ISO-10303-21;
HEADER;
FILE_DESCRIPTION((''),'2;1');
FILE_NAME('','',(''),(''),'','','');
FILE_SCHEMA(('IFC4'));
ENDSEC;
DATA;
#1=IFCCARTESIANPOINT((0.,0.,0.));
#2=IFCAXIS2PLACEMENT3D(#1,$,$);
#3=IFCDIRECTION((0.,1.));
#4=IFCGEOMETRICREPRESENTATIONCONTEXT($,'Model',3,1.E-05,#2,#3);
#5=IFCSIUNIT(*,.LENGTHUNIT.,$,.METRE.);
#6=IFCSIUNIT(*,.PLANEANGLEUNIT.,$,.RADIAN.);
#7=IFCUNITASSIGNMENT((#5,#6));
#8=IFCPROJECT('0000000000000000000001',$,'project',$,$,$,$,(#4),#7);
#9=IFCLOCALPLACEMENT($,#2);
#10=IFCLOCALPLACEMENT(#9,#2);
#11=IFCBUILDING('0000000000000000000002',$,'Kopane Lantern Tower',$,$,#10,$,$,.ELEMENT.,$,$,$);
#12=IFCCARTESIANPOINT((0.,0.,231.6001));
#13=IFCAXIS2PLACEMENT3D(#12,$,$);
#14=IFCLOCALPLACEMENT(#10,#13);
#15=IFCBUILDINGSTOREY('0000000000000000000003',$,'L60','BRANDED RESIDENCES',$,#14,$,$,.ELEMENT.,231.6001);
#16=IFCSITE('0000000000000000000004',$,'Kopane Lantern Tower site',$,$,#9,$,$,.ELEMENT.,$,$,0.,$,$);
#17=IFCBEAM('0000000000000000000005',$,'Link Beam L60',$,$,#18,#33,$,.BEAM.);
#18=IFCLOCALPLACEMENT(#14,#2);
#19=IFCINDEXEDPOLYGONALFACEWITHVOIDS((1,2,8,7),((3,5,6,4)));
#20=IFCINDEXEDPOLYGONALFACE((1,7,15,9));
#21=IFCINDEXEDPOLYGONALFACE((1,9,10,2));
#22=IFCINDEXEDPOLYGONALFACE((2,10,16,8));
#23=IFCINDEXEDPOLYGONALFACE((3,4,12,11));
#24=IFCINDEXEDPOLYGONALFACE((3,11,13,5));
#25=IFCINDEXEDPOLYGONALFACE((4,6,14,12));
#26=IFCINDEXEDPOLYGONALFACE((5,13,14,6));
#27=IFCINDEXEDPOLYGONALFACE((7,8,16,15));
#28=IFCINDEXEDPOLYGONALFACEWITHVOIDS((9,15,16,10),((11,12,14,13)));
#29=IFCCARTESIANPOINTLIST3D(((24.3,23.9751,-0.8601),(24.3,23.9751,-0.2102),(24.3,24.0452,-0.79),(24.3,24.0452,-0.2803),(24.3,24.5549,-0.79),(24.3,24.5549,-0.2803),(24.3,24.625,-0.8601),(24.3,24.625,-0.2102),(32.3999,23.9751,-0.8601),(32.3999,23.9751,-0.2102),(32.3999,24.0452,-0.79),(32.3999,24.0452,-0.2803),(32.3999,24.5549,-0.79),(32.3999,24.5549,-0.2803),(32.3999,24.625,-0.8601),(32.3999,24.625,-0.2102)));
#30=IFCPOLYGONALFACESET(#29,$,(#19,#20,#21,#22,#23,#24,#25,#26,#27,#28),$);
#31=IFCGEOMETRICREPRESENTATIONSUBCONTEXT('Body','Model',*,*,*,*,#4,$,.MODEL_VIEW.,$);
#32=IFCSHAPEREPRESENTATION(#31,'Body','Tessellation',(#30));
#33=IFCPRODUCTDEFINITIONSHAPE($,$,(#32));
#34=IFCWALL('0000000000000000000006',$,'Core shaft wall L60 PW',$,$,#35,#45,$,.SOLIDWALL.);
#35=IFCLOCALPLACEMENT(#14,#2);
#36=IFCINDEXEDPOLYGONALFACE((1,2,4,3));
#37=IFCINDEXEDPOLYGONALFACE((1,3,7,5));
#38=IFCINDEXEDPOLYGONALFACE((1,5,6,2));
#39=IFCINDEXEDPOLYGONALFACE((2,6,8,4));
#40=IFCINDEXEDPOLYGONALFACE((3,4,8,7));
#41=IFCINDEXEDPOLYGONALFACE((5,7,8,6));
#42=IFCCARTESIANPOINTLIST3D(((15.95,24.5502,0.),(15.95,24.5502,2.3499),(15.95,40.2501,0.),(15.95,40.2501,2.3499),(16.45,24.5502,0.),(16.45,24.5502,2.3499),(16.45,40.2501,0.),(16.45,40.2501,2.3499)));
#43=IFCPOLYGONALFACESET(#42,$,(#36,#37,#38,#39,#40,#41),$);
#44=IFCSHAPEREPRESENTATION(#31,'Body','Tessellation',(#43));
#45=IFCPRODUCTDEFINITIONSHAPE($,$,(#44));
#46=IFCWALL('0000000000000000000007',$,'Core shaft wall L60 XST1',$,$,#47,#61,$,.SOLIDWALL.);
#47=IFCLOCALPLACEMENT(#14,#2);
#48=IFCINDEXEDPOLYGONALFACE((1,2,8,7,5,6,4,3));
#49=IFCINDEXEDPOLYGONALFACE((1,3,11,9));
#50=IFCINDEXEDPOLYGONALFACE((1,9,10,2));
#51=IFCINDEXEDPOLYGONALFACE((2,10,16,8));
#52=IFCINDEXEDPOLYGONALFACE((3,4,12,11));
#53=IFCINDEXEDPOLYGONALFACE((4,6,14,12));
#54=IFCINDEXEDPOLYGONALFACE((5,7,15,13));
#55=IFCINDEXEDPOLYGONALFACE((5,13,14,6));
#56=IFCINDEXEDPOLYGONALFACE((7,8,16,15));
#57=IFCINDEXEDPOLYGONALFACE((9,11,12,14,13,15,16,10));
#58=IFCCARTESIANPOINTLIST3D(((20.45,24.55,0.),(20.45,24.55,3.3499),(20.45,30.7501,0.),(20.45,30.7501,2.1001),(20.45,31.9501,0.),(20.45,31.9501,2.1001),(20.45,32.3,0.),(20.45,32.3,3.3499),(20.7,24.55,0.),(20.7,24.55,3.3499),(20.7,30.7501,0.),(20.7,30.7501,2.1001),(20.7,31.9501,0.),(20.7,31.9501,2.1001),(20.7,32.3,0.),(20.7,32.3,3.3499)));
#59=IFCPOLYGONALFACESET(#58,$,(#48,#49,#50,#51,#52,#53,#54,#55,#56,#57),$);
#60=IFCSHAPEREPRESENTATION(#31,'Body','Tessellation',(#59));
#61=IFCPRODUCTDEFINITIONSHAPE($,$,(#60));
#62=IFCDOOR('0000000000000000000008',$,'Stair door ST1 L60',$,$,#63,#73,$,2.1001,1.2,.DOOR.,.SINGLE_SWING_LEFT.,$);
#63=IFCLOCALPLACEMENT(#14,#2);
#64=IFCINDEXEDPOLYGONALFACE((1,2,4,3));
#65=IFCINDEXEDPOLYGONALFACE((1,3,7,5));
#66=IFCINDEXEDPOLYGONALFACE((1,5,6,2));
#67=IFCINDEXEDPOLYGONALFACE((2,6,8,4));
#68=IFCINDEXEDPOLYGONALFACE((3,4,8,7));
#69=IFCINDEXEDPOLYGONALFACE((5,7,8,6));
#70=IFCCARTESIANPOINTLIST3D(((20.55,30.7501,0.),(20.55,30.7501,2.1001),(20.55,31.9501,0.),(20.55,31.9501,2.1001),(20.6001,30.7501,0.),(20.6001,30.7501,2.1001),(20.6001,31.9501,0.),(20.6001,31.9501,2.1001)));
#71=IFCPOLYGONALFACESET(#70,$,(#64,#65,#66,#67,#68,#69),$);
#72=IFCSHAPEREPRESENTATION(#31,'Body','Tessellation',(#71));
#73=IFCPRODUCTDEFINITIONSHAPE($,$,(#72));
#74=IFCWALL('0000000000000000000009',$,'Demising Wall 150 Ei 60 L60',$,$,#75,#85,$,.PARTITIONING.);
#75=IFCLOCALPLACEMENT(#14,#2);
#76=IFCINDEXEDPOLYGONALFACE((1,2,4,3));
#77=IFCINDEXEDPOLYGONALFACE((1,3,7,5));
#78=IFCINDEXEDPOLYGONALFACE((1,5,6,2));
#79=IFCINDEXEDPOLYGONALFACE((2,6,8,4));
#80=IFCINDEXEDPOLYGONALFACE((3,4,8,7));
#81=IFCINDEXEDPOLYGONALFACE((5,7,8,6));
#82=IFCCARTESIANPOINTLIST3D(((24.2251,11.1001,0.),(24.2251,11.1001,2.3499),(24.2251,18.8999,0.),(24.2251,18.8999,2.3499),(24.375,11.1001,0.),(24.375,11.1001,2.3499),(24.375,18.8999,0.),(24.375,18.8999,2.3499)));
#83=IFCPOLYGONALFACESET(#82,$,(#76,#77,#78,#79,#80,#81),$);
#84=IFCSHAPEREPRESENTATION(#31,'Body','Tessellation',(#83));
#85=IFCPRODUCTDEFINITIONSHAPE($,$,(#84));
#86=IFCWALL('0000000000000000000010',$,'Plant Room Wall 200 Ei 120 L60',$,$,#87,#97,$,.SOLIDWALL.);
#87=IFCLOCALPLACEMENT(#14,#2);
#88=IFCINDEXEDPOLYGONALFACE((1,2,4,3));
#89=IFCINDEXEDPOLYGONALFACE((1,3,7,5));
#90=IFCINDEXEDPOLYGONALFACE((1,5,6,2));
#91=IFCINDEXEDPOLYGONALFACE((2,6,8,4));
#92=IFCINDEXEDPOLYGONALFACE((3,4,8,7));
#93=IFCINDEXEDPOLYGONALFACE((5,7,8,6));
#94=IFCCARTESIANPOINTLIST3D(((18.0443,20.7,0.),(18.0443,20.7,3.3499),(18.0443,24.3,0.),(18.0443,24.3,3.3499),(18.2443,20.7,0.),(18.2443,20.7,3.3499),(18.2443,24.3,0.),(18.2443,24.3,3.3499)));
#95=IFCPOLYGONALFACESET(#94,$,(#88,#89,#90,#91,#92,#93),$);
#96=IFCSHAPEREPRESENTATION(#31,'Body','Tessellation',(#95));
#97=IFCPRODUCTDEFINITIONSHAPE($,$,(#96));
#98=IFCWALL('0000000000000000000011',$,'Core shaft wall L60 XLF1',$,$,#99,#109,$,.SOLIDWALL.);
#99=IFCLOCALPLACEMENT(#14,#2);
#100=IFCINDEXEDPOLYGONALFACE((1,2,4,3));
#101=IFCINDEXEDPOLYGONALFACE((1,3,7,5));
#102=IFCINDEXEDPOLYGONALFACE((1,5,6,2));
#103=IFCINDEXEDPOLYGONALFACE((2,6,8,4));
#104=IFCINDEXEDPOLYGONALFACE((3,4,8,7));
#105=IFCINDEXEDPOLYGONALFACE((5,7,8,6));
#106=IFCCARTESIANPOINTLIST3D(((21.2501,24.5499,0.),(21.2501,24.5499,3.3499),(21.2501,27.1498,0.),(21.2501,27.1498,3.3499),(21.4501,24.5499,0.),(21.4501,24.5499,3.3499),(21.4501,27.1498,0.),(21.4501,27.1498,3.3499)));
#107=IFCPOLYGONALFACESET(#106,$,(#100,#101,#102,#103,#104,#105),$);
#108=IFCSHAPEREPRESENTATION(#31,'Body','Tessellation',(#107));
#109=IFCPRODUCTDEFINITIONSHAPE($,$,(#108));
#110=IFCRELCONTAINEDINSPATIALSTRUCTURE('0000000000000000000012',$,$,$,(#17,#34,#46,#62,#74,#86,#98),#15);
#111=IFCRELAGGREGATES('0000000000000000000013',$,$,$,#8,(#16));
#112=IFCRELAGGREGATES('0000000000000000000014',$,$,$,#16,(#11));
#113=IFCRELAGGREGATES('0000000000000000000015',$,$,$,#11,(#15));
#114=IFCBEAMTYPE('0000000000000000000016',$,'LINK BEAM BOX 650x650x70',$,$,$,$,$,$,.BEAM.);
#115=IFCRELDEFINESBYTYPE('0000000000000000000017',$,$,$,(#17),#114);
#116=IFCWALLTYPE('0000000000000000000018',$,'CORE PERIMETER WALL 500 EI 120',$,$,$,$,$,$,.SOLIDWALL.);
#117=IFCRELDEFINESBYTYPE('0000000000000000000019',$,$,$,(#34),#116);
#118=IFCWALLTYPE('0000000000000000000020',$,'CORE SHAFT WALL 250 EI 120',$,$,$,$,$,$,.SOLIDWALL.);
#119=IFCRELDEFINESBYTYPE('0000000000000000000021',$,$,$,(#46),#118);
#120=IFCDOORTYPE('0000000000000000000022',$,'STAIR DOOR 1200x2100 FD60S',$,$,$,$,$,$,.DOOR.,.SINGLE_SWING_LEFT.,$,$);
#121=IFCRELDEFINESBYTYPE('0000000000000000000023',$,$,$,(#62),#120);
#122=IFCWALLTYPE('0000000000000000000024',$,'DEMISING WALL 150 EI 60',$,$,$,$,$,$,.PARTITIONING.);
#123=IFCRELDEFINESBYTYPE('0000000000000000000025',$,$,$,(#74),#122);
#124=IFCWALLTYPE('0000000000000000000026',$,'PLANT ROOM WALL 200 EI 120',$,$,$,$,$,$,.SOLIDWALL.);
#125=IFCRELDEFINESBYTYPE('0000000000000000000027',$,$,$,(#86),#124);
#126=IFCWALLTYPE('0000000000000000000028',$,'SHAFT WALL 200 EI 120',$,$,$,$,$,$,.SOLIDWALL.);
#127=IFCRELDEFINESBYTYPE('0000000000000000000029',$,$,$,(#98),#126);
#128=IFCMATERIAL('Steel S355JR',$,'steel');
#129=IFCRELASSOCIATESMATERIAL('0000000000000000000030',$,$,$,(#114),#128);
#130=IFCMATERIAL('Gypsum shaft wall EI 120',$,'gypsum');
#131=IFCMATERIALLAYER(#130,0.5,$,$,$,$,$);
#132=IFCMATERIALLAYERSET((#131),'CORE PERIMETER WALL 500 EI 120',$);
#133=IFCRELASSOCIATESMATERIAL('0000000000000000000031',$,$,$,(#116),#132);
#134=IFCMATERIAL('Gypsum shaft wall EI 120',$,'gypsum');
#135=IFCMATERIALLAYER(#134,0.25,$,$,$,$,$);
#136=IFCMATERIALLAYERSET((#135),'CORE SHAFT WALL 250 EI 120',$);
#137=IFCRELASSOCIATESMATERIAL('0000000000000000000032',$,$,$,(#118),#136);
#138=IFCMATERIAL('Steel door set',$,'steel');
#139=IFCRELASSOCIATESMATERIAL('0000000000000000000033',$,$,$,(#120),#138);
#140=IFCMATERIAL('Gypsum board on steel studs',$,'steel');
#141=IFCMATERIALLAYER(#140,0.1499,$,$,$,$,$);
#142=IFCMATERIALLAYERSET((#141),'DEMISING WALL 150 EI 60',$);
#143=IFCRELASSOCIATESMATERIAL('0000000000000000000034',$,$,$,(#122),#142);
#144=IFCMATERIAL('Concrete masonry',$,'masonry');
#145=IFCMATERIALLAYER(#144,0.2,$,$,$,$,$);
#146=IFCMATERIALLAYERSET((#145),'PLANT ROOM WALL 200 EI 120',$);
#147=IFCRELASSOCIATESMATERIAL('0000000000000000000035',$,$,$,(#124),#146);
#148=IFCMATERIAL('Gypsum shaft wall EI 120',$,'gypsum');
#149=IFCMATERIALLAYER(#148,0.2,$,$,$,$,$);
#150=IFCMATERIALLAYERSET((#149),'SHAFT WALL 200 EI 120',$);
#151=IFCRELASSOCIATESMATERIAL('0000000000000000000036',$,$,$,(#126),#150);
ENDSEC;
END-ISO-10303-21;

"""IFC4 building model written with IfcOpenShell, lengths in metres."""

from ifc_helpers import new_model, si_unit, direction, frame, frame_2d, origin, origin_2d, place, context, subcontext, project, spatial, rectangle, hollow_rectangle, extrude, material, layer, layer_set, material_profile, profile_set, type_object, element, fill, save


model = new_model("IFC4")

# Units and contexts
model_context = context("Model", 3, precision=1e-05, world=origin(), true_north=direction((0.0, 1.0)))
body_context = subcontext(model_context, "Body", "Model", "MODEL_VIEW")
ifc_project = project(units=[si_unit("LENGTHUNIT", "METRE"), si_unit("PLANEANGLEUNIT", "RADIAN")], contexts=[model_context])

# Site, building, storey
site_placement = place(None, origin())
site = spatial("IfcSite", under=ifc_project, at=site_placement, Name="Kopane Lantern Tower site", CompositionType="ELEMENT", RefElevation=0.0)
building_placement = place(site_placement, origin())
building = spatial("IfcBuilding", under=site, at=building_placement, Name="Kopane Lantern Tower", CompositionType="ELEMENT")
storey_placement = place(building_placement, frame((0.0, 0.0, 231.6001)))
storey = spatial("IfcBuildingStorey", under=building, at=storey_placement, Name="L60", Description="BRANDED RESIDENCES", CompositionType="ELEMENT", Elevation=231.6001)

# Beam
ifc_material_1 = material(Name="Steel S355JR", Category="steel")
ifc_material_profile_1 = material_profile(ifc_material_1, hollow_rectangle(XDim=0.6499, YDim=0.6499, WallThickness=0.0701, at=origin_2d()), Name="BOX 650x650x70")
ifc_profile_set_1 = profile_set([ifc_material_profile_1], Name="Steel S355JR")
beam_type_1 = type_object("IfcBeamType", Name="LINK BEAM BOX 650x650x70", PredefinedType="BEAM", material=ifc_profile_set_1)
beam_1_placement = place(storey_placement, frame((24.3, 24.3, -0.5352), z_axis=(1.0, 0.0, 0.0), x_axis=(0.0, 1.0, 0.0)))
element("IfcBeam", 1, at=beam_1_placement, inside=storey, type_object=beam_type_1, Name="Link Beam L60", PredefinedType="BEAM", context=body_context, shape_type="SweptSolid", body=[
    extrude(hollow_rectangle(XDim=0.6499, YDim=0.6499, WallThickness=0.0701, at=origin_2d()), origin(), (0.0, 0.0, 1.0), 8.0999),
])

# Wall
ifc_material_2 = material(Name="Gypsum shaft wall EI 120", Category="gypsum")
ifc_layer_1 = layer(ifc_material_2, 0.5)
ifc_layer_set_1 = layer_set([ifc_layer_1], Name="CORE PERIMETER WALL 500 EI 120")
wall_type_1 = type_object("IfcWallType", Name="CORE PERIMETER WALL 500 EI 120", PredefinedType="SOLIDWALL", material=ifc_layer_set_1)
wall_1_placement = place(storey_placement, frame((16.2, 24.55, 0.0), z_axis=(0.0, 0.0, 1.0), x_axis=(0.0, 1.0, 0.0)))
element("IfcWall", 2, at=wall_1_placement, inside=storey, type_object=wall_type_1, Name="Core shaft wall L60 PW", PredefinedType="SOLIDWALL", context=body_context, shape_type="SweptSolid", body=[
    extrude(rectangle(XDim=15.7, YDim=0.5, at=frame_2d((7.8501, 0.0))), origin(), (0.0, 0.0, 1.0), 2.3499),
])

# Wall, opening, door
ifc_material_3 = material(Name="Gypsum shaft wall EI 120", Category="gypsum")
ifc_layer_2 = layer(ifc_material_3, 0.25)
ifc_layer_set_2 = layer_set([ifc_layer_2], Name="CORE SHAFT WALL 250 EI 120")
wall_type_2 = type_object("IfcWallType", Name="CORE SHAFT WALL 250 EI 120", PredefinedType="SOLIDWALL", material=ifc_layer_set_2)
wall_2_placement = place(storey_placement, frame((20.575, 24.55, 0.0), z_axis=(0.0, 0.0, 1.0), x_axis=(0.0, 1.0, 0.0)))
wall_2 = element("IfcWall", 3, at=wall_2_placement, inside=storey, type_object=wall_type_2, Name="Core shaft wall L60 XST1", PredefinedType="SOLIDWALL", context=body_context, shape_type="SweptSolid", body=[
    extrude(rectangle(XDim=7.75, YDim=0.25, at=frame_2d((3.875, 0.0))), origin(), (0.0, 0.0, 1.0), 3.3499),
])
opening_1_placement = place(wall_2_placement, frame((6.2, 0.0, 0.0)))
opening_1 = element("IfcOpeningElement", 4, at=opening_1_placement, cuts=wall_2, PredefinedType="OPENING", context=body_context, shape_type="SweptSolid", body=[
    extrude(rectangle(XDim=1.2, YDim=2.1001, at=frame_2d((0.6001, 1.05))), frame((0.0, 0.135, 0.0), z_axis=(0.0, -1.0, 0.0), x_axis=(1.0, 0.0, 0.0)), (0.0, 0.0, 1.0), 0.27),
])
ifc_material_4 = material(Name="Steel door set", Category="steel")
door_type_1 = type_object("IfcDoorType", Name="STAIR DOOR 1200x2100 FD60S", OperationType="SINGLE_SWING_LEFT", PredefinedType="DOOR", material=ifc_material_4)
door_1_placement = place(opening_1_placement, origin())
door_1 = element("IfcDoor", 5, at=door_1_placement, inside=storey, type_object=door_type_1, Name="Stair door ST1 L60", OperationType="SINGLE_SWING_LEFT", OverallHeight=2.1001, OverallWidth=1.2, PredefinedType="DOOR", context=body_context, shape_type="SweptSolid", body=[
    extrude(rectangle(XDim=1.2, YDim=2.1001, at=frame_2d((0.6001, 1.05))), frame((0.0, 0.0249, 0.0), z_axis=(0.0, -1.0, 0.0), x_axis=(1.0, 0.0, 0.0)), (0.0, 0.0, 1.0), 0.05),
])
fill(opening_1, door_1)

# Walls
ifc_material_5 = material(Name="Gypsum board on steel studs", Category="steel")
ifc_layer_3 = layer(ifc_material_5, 0.1499)
ifc_layer_set_3 = layer_set([ifc_layer_3], Name="DEMISING WALL 150 EI 60")
wall_type_3 = type_object("IfcWallType", Name="DEMISING WALL 150 EI 60", PredefinedType="PARTITIONING", material=ifc_layer_set_3)
wall_3_placement = place(storey_placement, frame((24.3, 18.8999, 0.0), z_axis=(0.0, 0.0, 1.0), x_axis=(0.0, -1.0, 0.0)))
element("IfcWall", 6, at=wall_3_placement, inside=storey, type_object=wall_type_3, Name="Demising Wall 150 Ei 60 L60", PredefinedType="PARTITIONING", context=body_context, shape_type="SweptSolid", body=[
    extrude(rectangle(XDim=7.7998, YDim=0.1499, at=frame_2d((3.8999, 0.0))), origin(), (0.0, 0.0, 1.0), 2.3499),
])
ifc_material_6 = material(Name="Concrete masonry", Category="masonry")
ifc_layer_4 = layer(ifc_material_6, 0.2)
ifc_layer_set_4 = layer_set([ifc_layer_4], Name="PLANT ROOM WALL 200 EI 120")
wall_type_4 = type_object("IfcWallType", Name="PLANT ROOM WALL 200 EI 120", PredefinedType="SOLIDWALL", material=ifc_layer_set_4)
wall_4_placement = place(storey_placement, frame((18.1443, 20.7, 0.0), z_axis=(0.0, 0.0, 1.0), x_axis=(0.0, 1.0, 0.0)))
element("IfcWall", 7, at=wall_4_placement, inside=storey, type_object=wall_type_4, Name="Plant Room Wall 200 Ei 120 L60", PredefinedType="SOLIDWALL", context=body_context, shape_type="SweptSolid", body=[
    extrude(rectangle(XDim=3.6001, YDim=0.2, at=frame_2d((1.8, 0.0))), origin(), (0.0, 0.0, 1.0), 3.3499),
])
ifc_material_7 = material(Name="Gypsum shaft wall EI 120", Category="gypsum")
ifc_layer_5 = layer(ifc_material_7, 0.2)
ifc_layer_set_5 = layer_set([ifc_layer_5], Name="SHAFT WALL 200 EI 120")
wall_type_5 = type_object("IfcWallType", Name="SHAFT WALL 200 EI 120", PredefinedType="SOLIDWALL", material=ifc_layer_set_5)
wall_5_placement = place(storey_placement, frame((21.3501, 24.55, 0.0), z_axis=(0.0, 0.0, 1.0), x_axis=(0.0, 1.0, 0.0)))
element("IfcWall", 8, at=wall_5_placement, inside=storey, type_object=wall_type_5, Name="Core shaft wall L60 XLF1", PredefinedType="SOLIDWALL", context=body_context, shape_type="SweptSolid", body=[
    extrude(rectangle(XDim=2.5999, YDim=0.2, at=frame_2d((1.2998, 0.0))), origin(), (0.0, 0.0, 1.0), 3.3499),
])

save(model, "model.ifc")
